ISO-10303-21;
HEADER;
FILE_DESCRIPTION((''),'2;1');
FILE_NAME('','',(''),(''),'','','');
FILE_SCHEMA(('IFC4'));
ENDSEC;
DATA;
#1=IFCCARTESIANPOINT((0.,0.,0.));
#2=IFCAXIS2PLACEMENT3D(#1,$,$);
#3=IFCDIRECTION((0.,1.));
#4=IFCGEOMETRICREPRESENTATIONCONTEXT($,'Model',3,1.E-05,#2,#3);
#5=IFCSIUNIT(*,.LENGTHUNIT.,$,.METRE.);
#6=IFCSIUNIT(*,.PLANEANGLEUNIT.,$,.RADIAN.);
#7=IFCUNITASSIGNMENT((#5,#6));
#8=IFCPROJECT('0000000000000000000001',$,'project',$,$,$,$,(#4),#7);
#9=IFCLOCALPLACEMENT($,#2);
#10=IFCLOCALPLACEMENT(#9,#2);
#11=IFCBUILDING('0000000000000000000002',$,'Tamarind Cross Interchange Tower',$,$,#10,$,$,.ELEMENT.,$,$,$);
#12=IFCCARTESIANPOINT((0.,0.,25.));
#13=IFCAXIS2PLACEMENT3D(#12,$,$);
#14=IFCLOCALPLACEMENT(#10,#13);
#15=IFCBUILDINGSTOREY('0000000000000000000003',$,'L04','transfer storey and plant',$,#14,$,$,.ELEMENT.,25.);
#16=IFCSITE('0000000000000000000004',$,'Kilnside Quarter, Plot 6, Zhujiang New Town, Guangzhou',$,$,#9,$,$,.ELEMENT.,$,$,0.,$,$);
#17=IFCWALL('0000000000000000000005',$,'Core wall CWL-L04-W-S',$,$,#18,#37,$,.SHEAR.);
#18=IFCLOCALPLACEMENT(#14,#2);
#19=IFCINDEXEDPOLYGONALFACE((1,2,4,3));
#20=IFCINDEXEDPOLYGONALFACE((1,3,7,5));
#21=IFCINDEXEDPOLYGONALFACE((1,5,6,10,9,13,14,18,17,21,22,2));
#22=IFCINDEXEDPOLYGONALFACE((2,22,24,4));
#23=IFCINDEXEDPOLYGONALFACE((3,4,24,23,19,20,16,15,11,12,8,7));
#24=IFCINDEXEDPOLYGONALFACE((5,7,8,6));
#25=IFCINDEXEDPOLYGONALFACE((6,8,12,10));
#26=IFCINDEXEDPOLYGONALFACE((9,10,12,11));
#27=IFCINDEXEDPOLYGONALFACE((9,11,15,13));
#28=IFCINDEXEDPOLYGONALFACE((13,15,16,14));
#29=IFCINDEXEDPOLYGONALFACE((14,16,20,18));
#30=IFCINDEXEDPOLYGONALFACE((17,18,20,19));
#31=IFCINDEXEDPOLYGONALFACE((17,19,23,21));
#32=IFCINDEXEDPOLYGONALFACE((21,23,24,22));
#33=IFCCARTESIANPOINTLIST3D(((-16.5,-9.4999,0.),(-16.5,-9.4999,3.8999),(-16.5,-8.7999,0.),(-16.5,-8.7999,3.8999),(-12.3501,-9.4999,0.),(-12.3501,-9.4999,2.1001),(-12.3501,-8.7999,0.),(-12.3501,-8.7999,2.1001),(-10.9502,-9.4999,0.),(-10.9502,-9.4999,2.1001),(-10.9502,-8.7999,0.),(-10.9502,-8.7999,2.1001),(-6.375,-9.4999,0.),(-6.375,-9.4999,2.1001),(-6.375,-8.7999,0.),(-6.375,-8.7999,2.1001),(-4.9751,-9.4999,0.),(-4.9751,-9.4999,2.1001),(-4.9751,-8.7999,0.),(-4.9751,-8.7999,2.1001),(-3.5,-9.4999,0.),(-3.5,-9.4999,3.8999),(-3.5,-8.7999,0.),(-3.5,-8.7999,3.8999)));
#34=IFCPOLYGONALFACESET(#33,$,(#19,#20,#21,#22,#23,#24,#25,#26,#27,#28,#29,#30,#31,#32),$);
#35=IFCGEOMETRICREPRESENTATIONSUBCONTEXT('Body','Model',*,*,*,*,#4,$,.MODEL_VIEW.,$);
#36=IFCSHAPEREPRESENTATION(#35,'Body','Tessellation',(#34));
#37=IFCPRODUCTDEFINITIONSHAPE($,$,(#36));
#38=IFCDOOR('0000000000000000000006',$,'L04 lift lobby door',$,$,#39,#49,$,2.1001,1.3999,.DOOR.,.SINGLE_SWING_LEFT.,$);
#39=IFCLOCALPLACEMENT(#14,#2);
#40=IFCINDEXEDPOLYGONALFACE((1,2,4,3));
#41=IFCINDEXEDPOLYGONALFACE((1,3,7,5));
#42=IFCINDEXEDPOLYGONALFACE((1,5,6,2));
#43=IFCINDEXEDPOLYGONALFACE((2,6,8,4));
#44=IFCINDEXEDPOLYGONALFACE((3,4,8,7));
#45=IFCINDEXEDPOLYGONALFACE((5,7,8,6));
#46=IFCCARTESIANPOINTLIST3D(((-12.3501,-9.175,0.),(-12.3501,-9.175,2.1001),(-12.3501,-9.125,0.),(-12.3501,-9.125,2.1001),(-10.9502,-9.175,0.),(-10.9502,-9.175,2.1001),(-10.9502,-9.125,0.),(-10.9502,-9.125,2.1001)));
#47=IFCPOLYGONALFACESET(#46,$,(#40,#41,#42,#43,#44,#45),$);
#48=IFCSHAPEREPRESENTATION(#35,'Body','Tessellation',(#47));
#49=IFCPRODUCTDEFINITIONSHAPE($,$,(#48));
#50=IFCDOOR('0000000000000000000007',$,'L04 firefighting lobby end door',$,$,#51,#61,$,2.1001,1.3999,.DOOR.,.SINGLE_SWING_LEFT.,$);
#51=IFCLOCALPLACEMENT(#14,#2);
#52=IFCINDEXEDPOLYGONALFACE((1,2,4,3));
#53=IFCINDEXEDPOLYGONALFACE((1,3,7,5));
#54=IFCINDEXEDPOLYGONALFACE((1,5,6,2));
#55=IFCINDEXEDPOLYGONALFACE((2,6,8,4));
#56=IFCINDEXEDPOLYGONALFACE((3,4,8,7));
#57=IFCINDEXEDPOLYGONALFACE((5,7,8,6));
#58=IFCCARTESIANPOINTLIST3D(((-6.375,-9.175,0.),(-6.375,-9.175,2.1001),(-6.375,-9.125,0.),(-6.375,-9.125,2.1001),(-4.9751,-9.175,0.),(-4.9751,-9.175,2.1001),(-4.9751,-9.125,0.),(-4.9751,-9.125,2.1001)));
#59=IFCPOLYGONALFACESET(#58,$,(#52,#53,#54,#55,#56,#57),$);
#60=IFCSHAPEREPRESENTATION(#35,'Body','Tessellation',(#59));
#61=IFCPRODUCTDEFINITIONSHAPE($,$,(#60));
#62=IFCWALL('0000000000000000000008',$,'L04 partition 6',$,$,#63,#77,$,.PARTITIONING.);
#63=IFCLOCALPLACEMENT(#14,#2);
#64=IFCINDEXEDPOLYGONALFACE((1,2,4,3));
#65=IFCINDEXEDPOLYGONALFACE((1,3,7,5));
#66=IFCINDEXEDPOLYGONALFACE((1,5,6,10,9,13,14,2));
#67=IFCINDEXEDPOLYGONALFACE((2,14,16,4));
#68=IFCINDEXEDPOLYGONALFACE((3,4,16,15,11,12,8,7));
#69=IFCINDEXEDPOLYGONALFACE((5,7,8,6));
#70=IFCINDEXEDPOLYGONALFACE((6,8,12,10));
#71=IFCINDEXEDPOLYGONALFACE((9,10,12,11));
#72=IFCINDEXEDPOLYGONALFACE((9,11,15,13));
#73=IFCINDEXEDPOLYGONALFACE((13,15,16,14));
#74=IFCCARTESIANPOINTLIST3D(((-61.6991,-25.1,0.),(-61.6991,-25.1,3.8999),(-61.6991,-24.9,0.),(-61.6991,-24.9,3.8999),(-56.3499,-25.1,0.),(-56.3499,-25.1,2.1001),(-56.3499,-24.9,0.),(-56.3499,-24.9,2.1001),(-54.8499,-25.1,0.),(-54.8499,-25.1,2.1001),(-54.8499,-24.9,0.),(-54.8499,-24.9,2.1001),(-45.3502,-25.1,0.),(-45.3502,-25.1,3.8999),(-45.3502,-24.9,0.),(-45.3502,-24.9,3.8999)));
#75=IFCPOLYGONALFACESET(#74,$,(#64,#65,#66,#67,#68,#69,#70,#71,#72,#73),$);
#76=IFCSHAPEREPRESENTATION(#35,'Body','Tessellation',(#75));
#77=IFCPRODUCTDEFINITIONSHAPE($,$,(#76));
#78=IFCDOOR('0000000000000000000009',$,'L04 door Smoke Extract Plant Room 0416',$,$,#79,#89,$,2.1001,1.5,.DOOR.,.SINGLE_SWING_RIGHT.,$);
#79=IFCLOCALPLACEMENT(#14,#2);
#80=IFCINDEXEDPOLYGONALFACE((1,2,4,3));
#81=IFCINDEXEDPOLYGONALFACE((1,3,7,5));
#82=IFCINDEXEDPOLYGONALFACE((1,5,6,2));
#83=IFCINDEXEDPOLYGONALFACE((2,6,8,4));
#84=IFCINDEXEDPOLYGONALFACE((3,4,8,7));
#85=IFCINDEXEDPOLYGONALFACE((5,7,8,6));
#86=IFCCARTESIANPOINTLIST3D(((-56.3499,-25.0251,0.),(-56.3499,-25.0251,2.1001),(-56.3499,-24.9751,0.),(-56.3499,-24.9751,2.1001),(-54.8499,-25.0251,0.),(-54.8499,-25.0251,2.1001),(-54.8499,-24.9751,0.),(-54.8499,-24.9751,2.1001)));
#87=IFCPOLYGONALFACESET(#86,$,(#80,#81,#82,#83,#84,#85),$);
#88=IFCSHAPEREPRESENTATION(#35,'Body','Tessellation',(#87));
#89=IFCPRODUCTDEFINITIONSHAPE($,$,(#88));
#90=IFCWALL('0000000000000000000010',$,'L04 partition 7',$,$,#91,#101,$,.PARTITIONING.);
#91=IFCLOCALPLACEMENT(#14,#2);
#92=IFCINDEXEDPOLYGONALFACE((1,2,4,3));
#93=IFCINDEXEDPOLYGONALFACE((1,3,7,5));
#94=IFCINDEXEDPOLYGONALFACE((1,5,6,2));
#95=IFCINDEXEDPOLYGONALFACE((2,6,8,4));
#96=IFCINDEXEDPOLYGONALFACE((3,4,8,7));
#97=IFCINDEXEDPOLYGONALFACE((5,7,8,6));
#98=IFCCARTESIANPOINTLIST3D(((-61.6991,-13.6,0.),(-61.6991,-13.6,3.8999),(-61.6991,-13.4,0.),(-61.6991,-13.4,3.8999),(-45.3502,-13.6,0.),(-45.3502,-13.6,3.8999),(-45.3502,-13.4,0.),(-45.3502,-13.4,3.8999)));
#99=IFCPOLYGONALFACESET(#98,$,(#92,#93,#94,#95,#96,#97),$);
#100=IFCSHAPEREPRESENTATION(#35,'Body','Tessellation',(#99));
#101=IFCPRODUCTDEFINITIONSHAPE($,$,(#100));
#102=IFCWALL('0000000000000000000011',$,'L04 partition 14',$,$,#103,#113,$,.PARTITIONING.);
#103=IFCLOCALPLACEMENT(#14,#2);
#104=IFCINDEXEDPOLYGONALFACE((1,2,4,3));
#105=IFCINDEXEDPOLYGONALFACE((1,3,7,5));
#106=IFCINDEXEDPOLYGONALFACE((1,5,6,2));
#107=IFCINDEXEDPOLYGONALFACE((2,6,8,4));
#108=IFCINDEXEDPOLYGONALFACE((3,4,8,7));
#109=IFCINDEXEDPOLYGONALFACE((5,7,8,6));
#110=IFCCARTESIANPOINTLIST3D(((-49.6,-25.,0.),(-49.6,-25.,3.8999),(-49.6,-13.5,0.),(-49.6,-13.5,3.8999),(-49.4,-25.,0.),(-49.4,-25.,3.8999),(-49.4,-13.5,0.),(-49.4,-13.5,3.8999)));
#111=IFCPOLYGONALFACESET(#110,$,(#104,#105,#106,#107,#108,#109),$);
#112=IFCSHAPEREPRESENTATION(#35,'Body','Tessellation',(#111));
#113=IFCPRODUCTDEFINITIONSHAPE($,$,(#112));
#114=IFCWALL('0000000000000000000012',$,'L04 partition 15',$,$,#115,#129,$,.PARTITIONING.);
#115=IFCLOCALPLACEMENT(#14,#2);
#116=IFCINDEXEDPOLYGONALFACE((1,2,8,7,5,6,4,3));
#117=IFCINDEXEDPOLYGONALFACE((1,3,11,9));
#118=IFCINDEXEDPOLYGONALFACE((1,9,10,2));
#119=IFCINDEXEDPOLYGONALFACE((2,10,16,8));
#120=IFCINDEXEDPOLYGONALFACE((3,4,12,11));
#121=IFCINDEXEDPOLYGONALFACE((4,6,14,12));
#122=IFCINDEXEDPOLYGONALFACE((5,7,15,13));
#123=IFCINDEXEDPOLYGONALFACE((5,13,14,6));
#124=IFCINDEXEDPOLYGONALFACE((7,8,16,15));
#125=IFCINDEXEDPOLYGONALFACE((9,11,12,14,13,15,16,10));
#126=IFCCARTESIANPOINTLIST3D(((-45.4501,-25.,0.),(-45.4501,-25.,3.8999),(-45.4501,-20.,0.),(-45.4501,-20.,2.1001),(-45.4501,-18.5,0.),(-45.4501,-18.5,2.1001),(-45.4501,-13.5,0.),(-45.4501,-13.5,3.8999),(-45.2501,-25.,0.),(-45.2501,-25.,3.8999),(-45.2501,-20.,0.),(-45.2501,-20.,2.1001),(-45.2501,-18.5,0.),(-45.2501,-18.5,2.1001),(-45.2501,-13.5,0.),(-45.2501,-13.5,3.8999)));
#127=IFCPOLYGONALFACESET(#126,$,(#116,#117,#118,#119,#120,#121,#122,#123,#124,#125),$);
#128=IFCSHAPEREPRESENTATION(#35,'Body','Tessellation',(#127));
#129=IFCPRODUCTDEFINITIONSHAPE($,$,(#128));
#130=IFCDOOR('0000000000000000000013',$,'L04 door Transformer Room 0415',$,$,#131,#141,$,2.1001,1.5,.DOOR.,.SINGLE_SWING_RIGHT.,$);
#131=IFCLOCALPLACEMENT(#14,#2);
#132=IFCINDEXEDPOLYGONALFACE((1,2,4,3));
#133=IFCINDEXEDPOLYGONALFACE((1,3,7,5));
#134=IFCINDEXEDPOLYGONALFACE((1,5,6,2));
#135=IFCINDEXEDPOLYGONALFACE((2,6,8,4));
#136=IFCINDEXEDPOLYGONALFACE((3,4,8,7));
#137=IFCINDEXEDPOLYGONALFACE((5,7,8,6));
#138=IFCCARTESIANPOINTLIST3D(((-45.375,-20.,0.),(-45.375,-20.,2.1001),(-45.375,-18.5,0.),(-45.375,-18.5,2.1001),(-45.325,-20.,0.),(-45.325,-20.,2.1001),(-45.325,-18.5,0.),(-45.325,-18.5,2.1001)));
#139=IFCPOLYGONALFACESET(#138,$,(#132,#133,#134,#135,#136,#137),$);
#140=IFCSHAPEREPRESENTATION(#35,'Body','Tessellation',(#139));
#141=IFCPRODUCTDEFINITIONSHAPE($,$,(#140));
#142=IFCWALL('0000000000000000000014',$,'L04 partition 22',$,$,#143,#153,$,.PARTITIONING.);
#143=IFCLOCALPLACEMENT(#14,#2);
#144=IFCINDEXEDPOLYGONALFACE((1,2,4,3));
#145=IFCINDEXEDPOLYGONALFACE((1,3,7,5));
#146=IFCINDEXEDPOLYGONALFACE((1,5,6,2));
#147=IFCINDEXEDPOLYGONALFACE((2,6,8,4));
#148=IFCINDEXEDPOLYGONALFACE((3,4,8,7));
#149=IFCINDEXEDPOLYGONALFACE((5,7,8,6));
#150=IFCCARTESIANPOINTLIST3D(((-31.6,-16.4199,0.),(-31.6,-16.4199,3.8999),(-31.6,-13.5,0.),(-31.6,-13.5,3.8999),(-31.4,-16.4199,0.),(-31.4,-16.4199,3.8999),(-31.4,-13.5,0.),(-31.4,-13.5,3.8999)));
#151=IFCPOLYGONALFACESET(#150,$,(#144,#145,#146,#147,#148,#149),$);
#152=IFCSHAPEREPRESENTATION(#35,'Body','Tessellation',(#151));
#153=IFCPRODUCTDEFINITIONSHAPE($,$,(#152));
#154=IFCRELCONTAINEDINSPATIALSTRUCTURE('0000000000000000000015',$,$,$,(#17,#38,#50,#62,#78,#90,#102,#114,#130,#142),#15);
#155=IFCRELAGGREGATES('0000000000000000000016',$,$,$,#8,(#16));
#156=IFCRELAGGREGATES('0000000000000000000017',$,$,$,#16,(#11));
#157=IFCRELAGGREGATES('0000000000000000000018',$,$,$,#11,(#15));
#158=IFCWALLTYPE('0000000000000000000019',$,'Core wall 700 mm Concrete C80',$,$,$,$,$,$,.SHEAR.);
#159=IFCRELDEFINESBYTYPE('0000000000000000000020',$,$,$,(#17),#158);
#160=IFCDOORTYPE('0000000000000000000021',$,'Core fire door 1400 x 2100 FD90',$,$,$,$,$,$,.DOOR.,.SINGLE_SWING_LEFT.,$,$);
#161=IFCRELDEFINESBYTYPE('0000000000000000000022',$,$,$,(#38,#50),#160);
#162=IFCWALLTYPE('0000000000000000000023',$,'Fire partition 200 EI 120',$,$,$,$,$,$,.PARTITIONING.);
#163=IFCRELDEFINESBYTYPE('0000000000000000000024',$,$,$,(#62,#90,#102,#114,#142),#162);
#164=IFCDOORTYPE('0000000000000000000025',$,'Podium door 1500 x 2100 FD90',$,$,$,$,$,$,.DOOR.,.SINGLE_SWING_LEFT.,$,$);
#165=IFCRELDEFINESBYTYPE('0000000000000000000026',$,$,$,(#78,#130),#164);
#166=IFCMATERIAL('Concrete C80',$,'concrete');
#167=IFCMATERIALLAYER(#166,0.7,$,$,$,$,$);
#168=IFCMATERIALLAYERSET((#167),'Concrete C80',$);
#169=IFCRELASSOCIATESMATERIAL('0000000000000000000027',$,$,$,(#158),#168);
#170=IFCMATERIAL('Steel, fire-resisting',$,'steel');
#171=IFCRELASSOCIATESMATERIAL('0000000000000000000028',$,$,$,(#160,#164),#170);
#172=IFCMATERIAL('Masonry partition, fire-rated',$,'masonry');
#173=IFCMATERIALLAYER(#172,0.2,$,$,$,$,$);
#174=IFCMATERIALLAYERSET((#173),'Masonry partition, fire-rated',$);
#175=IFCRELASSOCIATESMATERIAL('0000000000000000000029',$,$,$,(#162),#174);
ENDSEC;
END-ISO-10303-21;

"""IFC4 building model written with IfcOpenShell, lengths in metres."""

from ifc_helpers import new_model, si_unit, direction, frame, frame_2d, origin, place, context, subcontext, project, spatial, rectangle, extrude, material, layer, layer_set, type_object, element, fill, save


model = new_model("IFC4")

# Units and contexts
model_context = context("Model", 3, precision=1e-05, world=origin(), true_north=direction((0.0, 1.0)))
body_context = subcontext(model_context, "Body", "Model", "MODEL_VIEW")
ifc_project = project(units=[si_unit("LENGTHUNIT", "METRE"), si_unit("PLANEANGLEUNIT", "RADIAN")], contexts=[model_context])

# Site, building, storey
site_placement = place(None, origin())
site = spatial("IfcSite", under=ifc_project, at=site_placement, Name="Kilnside Quarter, Plot 6, Zhujiang New Town, Guangzhou", CompositionType="ELEMENT", RefElevation=0.0)
building_placement = place(site_placement, origin())
building = spatial("IfcBuilding", under=site, at=building_placement, Name="Tamarind Cross Interchange Tower", CompositionType="ELEMENT")
storey_placement = place(building_placement, frame((0.0, 0.0, 25.0)))
storey = spatial("IfcBuildingStorey", under=building, at=storey_placement, Name="L04", Description="transfer storey and plant", CompositionType="ELEMENT", Elevation=25.0)

# Shared definitions
ifc_material_1 = material(Name="Concrete C80", Category="concrete")

# Wall, openings, doors
ifc_layer_1 = layer(ifc_material_1, 0.7)
ifc_layer_set_1 = layer_set([ifc_layer_1], Name="Concrete C80")
wall_type_1 = type_object("IfcWallType", Name="Core wall 700 mm Concrete C80", PredefinedType="SHEAR", material=ifc_layer_set_1)
wall_1_placement = place(storey_placement, frame((-16.5, -9.1499, 0.0), z_axis=(0.0, 0.0, 1.0), x_axis=(1.0, 0.0, 0.0)))
wall_1 = element("IfcWall", 1, at=wall_1_placement, inside=storey, type_object=wall_type_1, Name="Core wall CWL-L04-W-S", PredefinedType="SHEAR", context=body_context, shape_type="SweptSolid", body=[
    extrude(rectangle(XDim=13.0, YDim=0.7, at=frame_2d((6.5, 0.0))), origin(), (0.0, 0.0, 1.0), 3.8999),
])
opening_1_placement = place(wall_1_placement, frame((4.1499, 0.0, 0.0)))
opening_1 = element("IfcOpeningElement", 2, at=opening_1_placement, cuts=wall_1, PredefinedType="OPENING", context=body_context, shape_type="SweptSolid", body=[
    extrude(rectangle(XDim=1.3999, YDim=2.1001, at=frame_2d((0.7, 1.05))), frame((0.0, 0.3599, 0.0), z_axis=(0.0, -1.0, 0.0), x_axis=(1.0, 0.0, 0.0)), (0.0, 0.0, 1.0), 0.72),
])
opening_2_placement = place(wall_1_placement, frame((10.125, 0.0, 0.0)))
opening_2 = element("IfcOpeningElement", 3, at=opening_2_placement, cuts=wall_1, PredefinedType="OPENING", context=body_context, shape_type="SweptSolid", body=[
    extrude(rectangle(XDim=1.3999, YDim=2.1001, at=frame_2d((0.7, 1.05))), frame((0.0, 0.3599, 0.0), z_axis=(0.0, -1.0, 0.0), x_axis=(1.0, 0.0, 0.0)), (0.0, 0.0, 1.0), 0.72),
])
ifc_material_2 = material(Name="Steel, fire-resisting", Category="steel")
door_type_1 = type_object("IfcDoorType", Name="Core fire door 1400 x 2100 FD90", OperationType="SINGLE_SWING_LEFT", PredefinedType="DOOR", material=ifc_material_2)
door_1_placement = place(opening_1_placement, origin())
door_1 = element("IfcDoor", 4, at=door_1_placement, inside=storey, type_object=door_type_1, Name="L04 lift lobby door", OperationType="SINGLE_SWING_LEFT", OverallHeight=2.1001, OverallWidth=1.3999, PredefinedType="DOOR", context=body_context, shape_type="SweptSolid", body=[
    extrude(rectangle(XDim=1.3999, YDim=2.1001, at=frame_2d((0.7, 1.05))), frame((0.0, 0.0249, 0.0), z_axis=(0.0, -1.0, 0.0), x_axis=(1.0, 0.0, 0.0)), (0.0, 0.0, 1.0), 0.05),
])
fill(opening_1, door_1)
door_2_placement = place(opening_2_placement, origin())
door_2 = element("IfcDoor", 5, at=door_2_placement, inside=storey, type_object=door_type_1, Name="L04 firefighting lobby end door", OperationType="SINGLE_SWING_LEFT", OverallHeight=2.1001, OverallWidth=1.3999, PredefinedType="DOOR", context=body_context, shape_type="SweptSolid", body=[
    extrude(rectangle(XDim=1.3999, YDim=2.1001, at=frame_2d((0.7, 1.05))), frame((0.0, 0.0249, 0.0), z_axis=(0.0, -1.0, 0.0), x_axis=(1.0, 0.0, 0.0)), (0.0, 0.0, 1.0), 0.05),
])
fill(opening_2, door_2)

# Wall, opening, door
ifc_material_3 = material(Name="Masonry partition, fire-rated", Category="masonry")
ifc_layer_2 = layer(ifc_material_3, 0.2)
ifc_layer_set_2 = layer_set([ifc_layer_2], Name="Masonry partition, fire-rated")
wall_type_2 = type_object("IfcWallType", Name="Fire partition 200 EI 120", PredefinedType="PARTITIONING", material=ifc_layer_set_2)
wall_2_placement = place(storey_placement, frame((-61.699, -25.0, 0.0), z_axis=(0.0, 0.0, 1.0), x_axis=(1.0, 0.0, 0.0)))
wall_2 = element("IfcWall", 6, at=wall_2_placement, inside=storey, type_object=wall_type_2, Name="L04 partition 6", PredefinedType="PARTITIONING", context=body_context, shape_type="SweptSolid", body=[
    extrude(rectangle(XDim=16.3489, YDim=0.2, at=frame_2d((8.1743, 0.0))), origin(), (0.0, 0.0, 1.0), 3.8999),
])
opening_3_placement = place(wall_2_placement, frame((5.3491, 0.0, 0.0)))
opening_3 = element("IfcOpeningElement", 7, at=opening_3_placement, cuts=wall_2, PredefinedType="OPENING", context=body_context, shape_type="SweptSolid", body=[
    extrude(rectangle(XDim=1.5, YDim=2.1001, at=frame_2d((0.75, 1.05))), frame((0.0, 0.1099, 0.0), z_axis=(0.0, -1.0, 0.0), x_axis=(1.0, 0.0, 0.0)), (0.0, 0.0, 1.0), 0.22),
])
door_type_2 = type_object("IfcDoorType", Name="Podium door 1500 x 2100 FD90", OperationType="SINGLE_SWING_LEFT", PredefinedType="DOOR", material=ifc_material_2)
door_3_placement = place(opening_3_placement, origin())
door_3 = element("IfcDoor", 8, at=door_3_placement, inside=storey, type_object=door_type_2, Name="L04 door Smoke Extract Plant Room 0416", OperationType="SINGLE_SWING_RIGHT", OverallHeight=2.1001, OverallWidth=1.5, PredefinedType="DOOR", context=body_context, shape_type="SweptSolid", body=[
    extrude(rectangle(XDim=1.5, YDim=2.1001, at=frame_2d((0.75, 1.05))), frame((0.0, 0.0249, 0.0), z_axis=(0.0, -1.0, 0.0), x_axis=(1.0, 0.0, 0.0)), (0.0, 0.0, 1.0), 0.05),
])
fill(opening_3, door_3)

# Walls
wall_3_placement = place(storey_placement, frame((-61.699, -13.5, 0.0), z_axis=(0.0, 0.0, 1.0), x_axis=(1.0, 0.0, 0.0)))
element("IfcWall", 9, at=wall_3_placement, inside=storey, type_object=wall_type_2, Name="L04 partition 7", PredefinedType="PARTITIONING", context=body_context, shape_type="SweptSolid", body=[
    extrude(rectangle(XDim=16.3489, YDim=0.2, at=frame_2d((8.1743, 0.0))), origin(), (0.0, 0.0, 1.0), 3.8999),
])
wall_4_placement = place(storey_placement, frame((-49.5, -25.0, 0.0), z_axis=(0.0, 0.0, 1.0), x_axis=(0.0, 1.0, 0.0)))
element("IfcWall", 10, at=wall_4_placement, inside=storey, type_object=wall_type_2, Name="L04 partition 14", PredefinedType="PARTITIONING", context=body_context, shape_type="SweptSolid", body=[
    extrude(rectangle(XDim=11.5, YDim=0.2, at=frame_2d((5.75, 0.0))), origin(), (0.0, 0.0, 1.0), 3.8999),
])

# Wall, opening, door
wall_5_placement = place(storey_placement, frame((-45.3501, -25.0, 0.0), z_axis=(0.0, 0.0, 1.0), x_axis=(0.0, 1.0, 0.0)))
wall_5 = element("IfcWall", 11, at=wall_5_placement, inside=storey, type_object=wall_type_2, Name="L04 partition 15", PredefinedType="PARTITIONING", context=body_context, shape_type="SweptSolid", body=[
    extrude(rectangle(XDim=11.5, YDim=0.2, at=frame_2d((5.75, 0.0))), origin(), (0.0, 0.0, 1.0), 3.8999),
])
opening_4_placement = place(wall_5_placement, frame((5.0, 0.0, 0.0)))
opening_4 = element("IfcOpeningElement", 12, at=opening_4_placement, cuts=wall_5, PredefinedType="OPENING", context=body_context, shape_type="SweptSolid", body=[
    extrude(rectangle(XDim=1.5, YDim=2.1001, at=frame_2d((0.75, 1.05))), frame((0.0, 0.1099, 0.0), z_axis=(0.0, -1.0, 0.0), x_axis=(1.0, 0.0, 0.0)), (0.0, 0.0, 1.0), 0.22),
])
door_4_placement = place(opening_4_placement, origin())
door_4 = element("IfcDoor", 13, at=door_4_placement, inside=storey, type_object=door_type_2, Name="L04 door Transformer Room 0415", OperationType="SINGLE_SWING_RIGHT", OverallHeight=2.1001, OverallWidth=1.5, PredefinedType="DOOR", context=body_context, shape_type="SweptSolid", body=[
    extrude(rectangle(XDim=1.5, YDim=2.1001, at=frame_2d((0.75, 1.05))), frame((0.0, 0.0249, 0.0), z_axis=(0.0, -1.0, 0.0), x_axis=(1.0, 0.0, 0.0)), (0.0, 0.0, 1.0), 0.05),
])
fill(opening_4, door_4)

# Wall
wall_6_placement = place(storey_placement, frame((-31.5, -16.4199, 0.0), z_axis=(0.0, 0.0, 1.0), x_axis=(0.0, 1.0, 0.0)))
element("IfcWall", 14, at=wall_6_placement, inside=storey, type_object=wall_type_2, Name="L04 partition 22", PredefinedType="PARTITIONING", context=body_context, shape_type="SweptSolid", body=[
    extrude(rectangle(XDim=2.9199, YDim=0.2, at=frame_2d((1.46, 0.0))), origin(), (0.0, 0.0, 1.0), 3.8999),
])

save(model, "model.ifc")
